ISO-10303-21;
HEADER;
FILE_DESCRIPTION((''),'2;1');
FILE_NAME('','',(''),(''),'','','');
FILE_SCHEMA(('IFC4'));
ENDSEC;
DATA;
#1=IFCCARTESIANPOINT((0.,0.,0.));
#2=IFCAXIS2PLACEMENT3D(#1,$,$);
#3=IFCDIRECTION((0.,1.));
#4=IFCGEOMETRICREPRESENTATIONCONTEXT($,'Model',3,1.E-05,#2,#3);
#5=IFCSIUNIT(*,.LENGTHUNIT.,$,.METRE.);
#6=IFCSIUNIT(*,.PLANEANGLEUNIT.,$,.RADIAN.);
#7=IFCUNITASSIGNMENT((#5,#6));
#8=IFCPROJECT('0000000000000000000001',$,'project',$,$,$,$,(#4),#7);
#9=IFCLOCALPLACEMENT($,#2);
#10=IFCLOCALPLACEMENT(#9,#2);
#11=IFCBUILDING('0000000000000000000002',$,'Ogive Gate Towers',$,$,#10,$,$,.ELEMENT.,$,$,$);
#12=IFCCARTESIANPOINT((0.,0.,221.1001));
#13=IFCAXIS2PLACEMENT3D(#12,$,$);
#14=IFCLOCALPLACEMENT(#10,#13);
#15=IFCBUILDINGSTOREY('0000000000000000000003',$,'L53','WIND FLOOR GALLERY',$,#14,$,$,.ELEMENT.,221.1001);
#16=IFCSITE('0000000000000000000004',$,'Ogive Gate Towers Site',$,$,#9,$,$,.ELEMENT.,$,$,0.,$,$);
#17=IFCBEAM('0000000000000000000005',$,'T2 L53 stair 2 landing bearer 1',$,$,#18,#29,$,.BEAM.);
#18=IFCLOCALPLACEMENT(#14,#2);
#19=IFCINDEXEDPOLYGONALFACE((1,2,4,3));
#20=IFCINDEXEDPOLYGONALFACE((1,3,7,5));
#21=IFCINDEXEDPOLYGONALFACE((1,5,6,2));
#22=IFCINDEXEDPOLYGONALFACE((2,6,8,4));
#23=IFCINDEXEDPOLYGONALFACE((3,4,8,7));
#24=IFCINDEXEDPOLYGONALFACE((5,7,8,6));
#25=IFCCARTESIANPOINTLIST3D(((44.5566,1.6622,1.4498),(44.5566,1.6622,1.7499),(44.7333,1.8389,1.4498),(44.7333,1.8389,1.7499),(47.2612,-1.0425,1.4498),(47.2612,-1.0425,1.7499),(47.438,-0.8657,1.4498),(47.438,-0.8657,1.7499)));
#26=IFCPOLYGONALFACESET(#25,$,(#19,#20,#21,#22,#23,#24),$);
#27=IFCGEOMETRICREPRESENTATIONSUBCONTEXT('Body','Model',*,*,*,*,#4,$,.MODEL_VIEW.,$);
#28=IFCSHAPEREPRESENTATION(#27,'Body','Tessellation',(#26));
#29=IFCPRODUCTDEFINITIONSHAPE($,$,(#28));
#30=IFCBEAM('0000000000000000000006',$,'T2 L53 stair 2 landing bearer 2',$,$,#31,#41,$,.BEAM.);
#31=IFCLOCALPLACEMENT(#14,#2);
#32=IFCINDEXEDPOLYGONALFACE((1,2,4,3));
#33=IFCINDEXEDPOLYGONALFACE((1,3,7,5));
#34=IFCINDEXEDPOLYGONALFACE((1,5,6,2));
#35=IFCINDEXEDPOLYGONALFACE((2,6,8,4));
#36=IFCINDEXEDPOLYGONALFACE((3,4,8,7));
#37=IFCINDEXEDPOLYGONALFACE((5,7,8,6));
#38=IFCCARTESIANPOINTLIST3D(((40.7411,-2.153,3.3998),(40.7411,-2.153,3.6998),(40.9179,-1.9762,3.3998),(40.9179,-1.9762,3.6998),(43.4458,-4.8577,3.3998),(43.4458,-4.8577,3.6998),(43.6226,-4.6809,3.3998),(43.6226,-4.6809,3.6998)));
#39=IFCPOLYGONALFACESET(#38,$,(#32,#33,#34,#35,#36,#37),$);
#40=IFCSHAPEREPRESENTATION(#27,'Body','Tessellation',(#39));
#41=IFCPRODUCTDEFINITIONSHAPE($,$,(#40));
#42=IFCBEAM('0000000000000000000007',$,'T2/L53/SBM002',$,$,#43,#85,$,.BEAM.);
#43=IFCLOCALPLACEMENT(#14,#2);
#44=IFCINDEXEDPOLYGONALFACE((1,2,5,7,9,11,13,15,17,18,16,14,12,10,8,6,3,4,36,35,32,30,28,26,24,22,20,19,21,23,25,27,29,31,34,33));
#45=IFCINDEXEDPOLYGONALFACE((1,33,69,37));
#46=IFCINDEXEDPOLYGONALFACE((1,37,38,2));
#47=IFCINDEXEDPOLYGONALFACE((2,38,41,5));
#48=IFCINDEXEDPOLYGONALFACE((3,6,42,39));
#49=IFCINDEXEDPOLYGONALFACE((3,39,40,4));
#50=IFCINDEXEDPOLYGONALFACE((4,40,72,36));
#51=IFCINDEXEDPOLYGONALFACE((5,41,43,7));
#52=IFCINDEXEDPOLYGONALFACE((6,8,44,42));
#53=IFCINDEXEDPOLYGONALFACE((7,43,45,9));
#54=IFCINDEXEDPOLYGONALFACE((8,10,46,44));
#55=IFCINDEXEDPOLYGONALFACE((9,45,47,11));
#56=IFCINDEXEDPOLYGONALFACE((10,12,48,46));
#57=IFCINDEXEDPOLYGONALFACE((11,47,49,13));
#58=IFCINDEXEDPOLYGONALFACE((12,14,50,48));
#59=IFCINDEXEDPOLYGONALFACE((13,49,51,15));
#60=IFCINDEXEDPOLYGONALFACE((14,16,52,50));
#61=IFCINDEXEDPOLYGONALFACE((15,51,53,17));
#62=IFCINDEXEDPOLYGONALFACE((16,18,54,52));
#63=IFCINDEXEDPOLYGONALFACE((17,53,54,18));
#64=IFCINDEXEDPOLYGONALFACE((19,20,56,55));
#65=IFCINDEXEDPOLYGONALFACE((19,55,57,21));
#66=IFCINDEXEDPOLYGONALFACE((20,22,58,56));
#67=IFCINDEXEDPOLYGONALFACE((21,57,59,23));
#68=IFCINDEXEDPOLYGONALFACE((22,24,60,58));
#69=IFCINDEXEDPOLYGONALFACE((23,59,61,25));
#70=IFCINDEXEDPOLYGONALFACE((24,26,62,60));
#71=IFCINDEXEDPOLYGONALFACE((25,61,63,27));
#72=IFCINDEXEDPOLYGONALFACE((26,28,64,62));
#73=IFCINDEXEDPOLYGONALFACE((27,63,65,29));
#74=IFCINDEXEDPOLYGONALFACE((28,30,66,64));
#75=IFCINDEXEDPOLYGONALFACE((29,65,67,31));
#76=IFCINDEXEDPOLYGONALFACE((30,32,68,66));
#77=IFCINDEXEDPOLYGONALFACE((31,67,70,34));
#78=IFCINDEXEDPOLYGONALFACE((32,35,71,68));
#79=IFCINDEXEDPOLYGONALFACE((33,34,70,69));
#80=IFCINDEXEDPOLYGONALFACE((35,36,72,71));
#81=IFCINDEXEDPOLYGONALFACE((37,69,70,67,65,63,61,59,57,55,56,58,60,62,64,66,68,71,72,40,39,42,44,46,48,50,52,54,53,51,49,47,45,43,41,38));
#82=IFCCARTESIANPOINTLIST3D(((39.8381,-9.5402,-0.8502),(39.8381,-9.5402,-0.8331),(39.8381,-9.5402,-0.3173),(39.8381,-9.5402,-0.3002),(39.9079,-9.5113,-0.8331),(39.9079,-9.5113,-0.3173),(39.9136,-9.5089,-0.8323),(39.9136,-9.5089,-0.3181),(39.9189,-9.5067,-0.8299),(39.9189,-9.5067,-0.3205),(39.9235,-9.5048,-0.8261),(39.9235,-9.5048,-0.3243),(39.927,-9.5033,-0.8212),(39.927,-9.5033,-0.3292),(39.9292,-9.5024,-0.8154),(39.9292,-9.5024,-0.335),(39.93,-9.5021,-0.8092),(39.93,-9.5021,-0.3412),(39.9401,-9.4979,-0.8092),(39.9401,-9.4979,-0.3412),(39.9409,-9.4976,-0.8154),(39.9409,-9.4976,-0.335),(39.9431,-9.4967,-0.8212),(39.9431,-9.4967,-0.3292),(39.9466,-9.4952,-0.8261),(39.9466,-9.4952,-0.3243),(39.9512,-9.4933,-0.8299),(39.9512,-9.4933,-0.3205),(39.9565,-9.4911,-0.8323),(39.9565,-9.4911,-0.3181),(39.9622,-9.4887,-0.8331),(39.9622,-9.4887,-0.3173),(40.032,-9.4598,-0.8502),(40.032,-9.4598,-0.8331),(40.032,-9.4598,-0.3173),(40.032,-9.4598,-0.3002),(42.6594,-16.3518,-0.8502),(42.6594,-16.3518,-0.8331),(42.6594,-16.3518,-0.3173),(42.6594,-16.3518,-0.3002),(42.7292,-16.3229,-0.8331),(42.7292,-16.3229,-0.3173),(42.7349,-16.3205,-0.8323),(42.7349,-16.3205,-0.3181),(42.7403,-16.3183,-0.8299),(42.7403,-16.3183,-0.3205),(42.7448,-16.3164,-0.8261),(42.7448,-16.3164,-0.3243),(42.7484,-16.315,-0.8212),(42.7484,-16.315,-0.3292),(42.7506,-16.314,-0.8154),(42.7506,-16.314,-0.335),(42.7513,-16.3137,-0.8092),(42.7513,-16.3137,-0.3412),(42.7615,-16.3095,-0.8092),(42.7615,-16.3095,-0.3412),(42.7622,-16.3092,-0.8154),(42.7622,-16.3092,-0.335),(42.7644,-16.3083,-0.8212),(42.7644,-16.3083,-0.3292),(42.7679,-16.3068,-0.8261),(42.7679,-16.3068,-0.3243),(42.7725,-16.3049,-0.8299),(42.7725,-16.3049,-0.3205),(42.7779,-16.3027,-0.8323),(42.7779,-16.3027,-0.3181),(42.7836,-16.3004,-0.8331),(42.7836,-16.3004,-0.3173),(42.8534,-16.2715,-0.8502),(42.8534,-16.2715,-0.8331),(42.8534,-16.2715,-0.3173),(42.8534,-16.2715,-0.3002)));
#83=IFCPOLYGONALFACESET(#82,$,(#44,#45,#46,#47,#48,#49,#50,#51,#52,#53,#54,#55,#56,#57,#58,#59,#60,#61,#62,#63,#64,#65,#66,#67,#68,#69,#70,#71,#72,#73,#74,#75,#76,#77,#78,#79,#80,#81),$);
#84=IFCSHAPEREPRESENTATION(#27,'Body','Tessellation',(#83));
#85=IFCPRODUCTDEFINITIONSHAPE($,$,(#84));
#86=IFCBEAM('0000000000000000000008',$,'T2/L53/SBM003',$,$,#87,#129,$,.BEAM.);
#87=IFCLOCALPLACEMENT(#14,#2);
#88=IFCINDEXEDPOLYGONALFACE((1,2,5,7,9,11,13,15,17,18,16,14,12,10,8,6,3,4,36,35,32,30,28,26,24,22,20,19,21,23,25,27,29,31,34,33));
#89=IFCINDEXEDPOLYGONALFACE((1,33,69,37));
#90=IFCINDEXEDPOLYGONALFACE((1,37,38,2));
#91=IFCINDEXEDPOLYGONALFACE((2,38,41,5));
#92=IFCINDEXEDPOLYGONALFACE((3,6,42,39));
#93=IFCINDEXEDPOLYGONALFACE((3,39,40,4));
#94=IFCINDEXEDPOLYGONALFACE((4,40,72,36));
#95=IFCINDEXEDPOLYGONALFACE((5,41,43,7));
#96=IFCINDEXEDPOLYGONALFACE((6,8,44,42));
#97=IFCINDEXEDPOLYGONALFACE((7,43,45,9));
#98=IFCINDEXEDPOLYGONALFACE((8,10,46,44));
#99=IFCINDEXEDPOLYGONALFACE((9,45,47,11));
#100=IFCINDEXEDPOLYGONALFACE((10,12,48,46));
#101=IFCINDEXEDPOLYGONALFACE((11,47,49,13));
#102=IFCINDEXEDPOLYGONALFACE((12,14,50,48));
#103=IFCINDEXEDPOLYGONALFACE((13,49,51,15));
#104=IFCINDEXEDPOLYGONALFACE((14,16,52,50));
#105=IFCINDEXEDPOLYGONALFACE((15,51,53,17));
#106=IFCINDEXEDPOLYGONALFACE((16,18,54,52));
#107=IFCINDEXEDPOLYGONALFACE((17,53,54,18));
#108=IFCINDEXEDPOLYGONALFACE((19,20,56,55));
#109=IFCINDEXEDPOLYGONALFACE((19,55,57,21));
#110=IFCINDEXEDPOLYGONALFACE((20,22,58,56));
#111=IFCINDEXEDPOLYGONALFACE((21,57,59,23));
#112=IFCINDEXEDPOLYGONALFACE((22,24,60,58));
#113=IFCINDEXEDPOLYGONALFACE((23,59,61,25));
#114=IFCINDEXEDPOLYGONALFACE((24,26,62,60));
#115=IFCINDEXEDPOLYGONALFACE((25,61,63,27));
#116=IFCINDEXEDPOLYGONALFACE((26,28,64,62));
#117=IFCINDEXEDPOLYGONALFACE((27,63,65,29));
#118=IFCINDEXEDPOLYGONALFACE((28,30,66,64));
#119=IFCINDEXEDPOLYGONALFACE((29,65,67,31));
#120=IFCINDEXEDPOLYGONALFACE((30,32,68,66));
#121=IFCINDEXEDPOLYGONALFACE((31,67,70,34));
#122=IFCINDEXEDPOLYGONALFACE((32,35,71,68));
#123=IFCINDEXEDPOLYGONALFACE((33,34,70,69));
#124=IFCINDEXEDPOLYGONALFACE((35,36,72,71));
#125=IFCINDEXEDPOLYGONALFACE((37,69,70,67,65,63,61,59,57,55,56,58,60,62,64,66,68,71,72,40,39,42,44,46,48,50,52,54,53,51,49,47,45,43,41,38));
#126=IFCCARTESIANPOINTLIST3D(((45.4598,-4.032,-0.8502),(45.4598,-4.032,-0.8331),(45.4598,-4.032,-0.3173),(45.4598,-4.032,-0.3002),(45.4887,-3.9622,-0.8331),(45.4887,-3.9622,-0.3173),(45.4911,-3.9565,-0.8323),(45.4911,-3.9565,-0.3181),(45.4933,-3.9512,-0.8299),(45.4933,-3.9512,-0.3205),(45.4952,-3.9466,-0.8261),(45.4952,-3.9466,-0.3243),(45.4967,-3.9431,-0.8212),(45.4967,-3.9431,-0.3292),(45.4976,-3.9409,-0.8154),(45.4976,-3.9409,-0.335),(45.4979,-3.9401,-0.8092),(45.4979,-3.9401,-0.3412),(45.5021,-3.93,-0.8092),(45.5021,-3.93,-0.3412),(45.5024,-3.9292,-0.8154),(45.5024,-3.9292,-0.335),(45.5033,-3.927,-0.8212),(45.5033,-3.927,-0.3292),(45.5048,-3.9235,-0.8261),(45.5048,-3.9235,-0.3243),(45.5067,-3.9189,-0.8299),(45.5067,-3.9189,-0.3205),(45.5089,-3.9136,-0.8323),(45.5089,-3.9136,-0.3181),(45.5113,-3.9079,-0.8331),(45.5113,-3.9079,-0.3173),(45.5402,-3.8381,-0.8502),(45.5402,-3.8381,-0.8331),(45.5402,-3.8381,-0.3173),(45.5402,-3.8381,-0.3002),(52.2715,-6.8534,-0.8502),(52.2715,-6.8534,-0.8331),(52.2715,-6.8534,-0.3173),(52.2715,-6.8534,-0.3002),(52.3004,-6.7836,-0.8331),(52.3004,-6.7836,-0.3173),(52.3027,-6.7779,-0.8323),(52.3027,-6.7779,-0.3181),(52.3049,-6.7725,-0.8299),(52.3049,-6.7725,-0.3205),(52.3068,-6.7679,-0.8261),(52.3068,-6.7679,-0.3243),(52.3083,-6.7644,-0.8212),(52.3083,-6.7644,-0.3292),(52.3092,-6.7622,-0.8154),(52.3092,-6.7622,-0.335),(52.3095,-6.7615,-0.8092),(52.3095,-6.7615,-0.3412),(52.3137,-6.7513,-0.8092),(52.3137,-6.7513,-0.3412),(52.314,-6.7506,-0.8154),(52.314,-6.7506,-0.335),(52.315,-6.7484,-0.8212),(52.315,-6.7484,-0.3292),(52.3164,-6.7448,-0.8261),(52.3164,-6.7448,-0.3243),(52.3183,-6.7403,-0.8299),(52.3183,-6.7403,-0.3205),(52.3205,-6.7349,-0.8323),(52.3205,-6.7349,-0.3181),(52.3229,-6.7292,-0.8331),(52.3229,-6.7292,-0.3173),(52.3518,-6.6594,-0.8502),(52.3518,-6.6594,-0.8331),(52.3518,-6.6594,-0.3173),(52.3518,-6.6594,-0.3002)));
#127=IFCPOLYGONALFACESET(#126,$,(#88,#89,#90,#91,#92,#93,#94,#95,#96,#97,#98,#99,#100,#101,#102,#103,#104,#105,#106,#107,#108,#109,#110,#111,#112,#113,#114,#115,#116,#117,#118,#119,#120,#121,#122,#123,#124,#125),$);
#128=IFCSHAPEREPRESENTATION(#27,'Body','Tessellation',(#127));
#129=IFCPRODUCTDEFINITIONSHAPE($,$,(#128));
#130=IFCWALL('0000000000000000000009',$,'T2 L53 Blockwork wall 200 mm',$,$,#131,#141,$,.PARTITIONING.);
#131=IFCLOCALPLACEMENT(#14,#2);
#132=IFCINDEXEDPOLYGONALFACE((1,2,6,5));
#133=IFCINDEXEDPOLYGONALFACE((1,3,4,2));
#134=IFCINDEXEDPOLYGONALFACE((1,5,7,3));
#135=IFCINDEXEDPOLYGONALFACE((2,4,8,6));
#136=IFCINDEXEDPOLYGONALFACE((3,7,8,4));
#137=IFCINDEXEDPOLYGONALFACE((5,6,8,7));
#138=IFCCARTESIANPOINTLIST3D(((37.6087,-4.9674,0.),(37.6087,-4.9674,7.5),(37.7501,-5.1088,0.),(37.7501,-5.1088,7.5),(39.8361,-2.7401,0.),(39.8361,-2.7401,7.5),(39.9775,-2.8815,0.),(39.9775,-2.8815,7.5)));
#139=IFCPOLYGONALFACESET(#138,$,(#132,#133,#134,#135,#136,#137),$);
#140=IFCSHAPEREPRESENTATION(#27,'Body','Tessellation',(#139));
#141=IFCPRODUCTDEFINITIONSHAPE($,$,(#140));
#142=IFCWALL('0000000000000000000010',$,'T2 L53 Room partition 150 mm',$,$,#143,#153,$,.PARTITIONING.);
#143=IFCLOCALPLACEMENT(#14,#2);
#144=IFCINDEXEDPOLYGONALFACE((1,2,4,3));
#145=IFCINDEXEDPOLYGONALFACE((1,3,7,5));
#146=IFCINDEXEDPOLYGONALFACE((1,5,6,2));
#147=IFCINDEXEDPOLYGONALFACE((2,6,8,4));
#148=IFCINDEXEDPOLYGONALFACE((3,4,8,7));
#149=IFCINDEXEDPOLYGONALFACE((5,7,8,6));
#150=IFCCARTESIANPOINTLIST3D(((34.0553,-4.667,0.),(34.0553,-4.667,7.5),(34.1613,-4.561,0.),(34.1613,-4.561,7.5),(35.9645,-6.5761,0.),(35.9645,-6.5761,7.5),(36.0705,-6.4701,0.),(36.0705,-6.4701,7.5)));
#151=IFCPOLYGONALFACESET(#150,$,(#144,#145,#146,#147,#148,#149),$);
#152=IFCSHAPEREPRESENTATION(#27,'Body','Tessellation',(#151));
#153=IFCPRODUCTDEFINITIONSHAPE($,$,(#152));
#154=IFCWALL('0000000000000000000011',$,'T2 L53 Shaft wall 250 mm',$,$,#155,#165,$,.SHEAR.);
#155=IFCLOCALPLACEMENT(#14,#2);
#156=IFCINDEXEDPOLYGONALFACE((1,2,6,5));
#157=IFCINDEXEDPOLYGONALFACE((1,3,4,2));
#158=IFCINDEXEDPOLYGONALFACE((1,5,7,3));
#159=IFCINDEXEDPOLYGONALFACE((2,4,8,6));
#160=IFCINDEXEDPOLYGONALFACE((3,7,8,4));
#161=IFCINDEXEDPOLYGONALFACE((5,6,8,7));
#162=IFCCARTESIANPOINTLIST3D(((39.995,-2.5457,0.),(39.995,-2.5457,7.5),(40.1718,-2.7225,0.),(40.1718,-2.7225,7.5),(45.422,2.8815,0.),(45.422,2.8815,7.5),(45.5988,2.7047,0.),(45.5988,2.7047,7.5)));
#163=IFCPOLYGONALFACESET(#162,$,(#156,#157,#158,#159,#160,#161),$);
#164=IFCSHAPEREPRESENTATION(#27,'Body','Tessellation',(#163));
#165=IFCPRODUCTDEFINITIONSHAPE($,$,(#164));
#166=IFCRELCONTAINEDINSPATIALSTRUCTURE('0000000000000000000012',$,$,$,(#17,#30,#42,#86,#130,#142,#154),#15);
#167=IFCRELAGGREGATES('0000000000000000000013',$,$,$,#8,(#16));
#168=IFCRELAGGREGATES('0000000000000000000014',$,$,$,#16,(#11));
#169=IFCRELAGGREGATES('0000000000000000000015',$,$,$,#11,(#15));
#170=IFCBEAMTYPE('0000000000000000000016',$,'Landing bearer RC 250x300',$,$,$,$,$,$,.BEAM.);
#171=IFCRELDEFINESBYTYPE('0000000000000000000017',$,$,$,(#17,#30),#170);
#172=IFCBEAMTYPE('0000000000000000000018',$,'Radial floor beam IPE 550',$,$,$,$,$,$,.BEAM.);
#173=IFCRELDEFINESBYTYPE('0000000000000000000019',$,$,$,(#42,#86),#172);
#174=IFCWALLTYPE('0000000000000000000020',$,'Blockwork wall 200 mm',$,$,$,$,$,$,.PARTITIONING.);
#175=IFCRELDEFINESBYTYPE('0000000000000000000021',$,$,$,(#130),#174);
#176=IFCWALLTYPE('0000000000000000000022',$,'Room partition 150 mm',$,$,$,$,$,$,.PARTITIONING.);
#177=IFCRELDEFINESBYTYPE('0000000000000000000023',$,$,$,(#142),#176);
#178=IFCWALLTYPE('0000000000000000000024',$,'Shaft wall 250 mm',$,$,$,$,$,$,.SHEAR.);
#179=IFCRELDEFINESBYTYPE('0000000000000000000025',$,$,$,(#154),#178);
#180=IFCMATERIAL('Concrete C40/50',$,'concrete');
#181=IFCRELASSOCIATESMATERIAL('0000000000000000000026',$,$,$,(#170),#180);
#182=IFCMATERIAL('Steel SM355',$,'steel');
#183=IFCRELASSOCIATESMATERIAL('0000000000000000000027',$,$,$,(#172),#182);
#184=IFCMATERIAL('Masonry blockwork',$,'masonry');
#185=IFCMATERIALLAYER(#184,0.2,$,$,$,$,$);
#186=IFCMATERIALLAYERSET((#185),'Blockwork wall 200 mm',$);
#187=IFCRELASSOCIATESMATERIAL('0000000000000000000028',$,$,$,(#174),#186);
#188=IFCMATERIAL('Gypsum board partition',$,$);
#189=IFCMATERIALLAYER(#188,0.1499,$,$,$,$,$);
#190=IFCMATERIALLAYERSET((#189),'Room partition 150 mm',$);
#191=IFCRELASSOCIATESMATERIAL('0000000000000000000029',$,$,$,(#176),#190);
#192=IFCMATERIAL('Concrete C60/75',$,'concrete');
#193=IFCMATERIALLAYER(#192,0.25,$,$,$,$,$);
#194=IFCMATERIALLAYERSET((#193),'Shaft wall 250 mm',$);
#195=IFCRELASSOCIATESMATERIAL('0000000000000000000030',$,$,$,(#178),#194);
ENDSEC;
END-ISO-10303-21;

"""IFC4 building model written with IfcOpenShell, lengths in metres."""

from ifc_helpers import new_model, si_unit, direction, frame, frame_2d, origin, origin_2d, place, context, subcontext, project, spatial, rectangle, i_section, extrude, material, layer, layer_set, material_profile, profile_set, type_object, element, save


model = new_model("IFC4")

# Units and contexts
model_context = context("Model", 3, precision=1e-05, world=origin(), true_north=direction((0.0, 1.0)))
body_context = subcontext(model_context, "Body", "Model", "MODEL_VIEW")
ifc_project = project(units=[si_unit("LENGTHUNIT", "METRE"), si_unit("PLANEANGLEUNIT", "RADIAN")], contexts=[model_context])

# Site, building, storey
site_placement = place(None, origin())
site = spatial("IfcSite", under=ifc_project, at=site_placement, Name="Ogive Gate Towers Site", CompositionType="ELEMENT", RefElevation=0.0)
building_placement = place(site_placement, origin())
building = spatial("IfcBuilding", under=site, at=building_placement, Name="Ogive Gate Towers", CompositionType="ELEMENT")
storey_placement = place(building_placement, frame((0.0, 0.0, 221.1001)))
storey = spatial("IfcBuildingStorey", under=building, at=storey_placement, Name="L53", Description="WIND FLOOR GALLERY", CompositionType="ELEMENT", Elevation=221.1001)

# Beams
ifc_material_1 = material(Name="Concrete C40/50", Category="concrete")
ifc_material_profile_1 = material_profile(ifc_material_1, rectangle(XDim=0.25, YDim=0.3, at=origin_2d()), Name="RC 250x300")
ifc_profile_set_1 = profile_set([ifc_material_profile_1], Name="Concrete C40/50")
beam_type_1 = type_object("IfcBeamType", Name="Landing bearer RC 250x300", PredefinedType="BEAM", material=ifc_profile_set_1)
for number, where, z_axis, x_axis, name in (
    (1, (47.3496, -0.9541, 1.5999), (-0.707107, 0.707107, 0.0), (-0.707107, -0.707107, 0.0), "T2 L53 stair 2 landing bearer 1"),
    (2, (43.5342, -4.7693, 3.5498), (-0.707107, 0.707107, 0.0), (-0.707107, -0.707107, 0.0), "T2 L53 stair 2 landing bearer 2"),
):
    element("IfcBeam", number, at=place(storey_placement, frame(where, z_axis=z_axis, x_axis=x_axis)), inside=storey, type_object=beam_type_1, Name=name, PredefinedType="BEAM", context=body_context, shape_type="SweptSolid", body=[
        extrude(rectangle(XDim=0.25, YDim=0.3, at=origin_2d()), origin(), (0.0, 0.0, 1.0), 3.825),
    ])
ifc_material_2 = material(Name="Steel SM355", Category="steel")
ifc_material_profile_2 = material_profile(ifc_material_2, i_section(OverallWidth=0.21, OverallDepth=0.55, WebThickness=0.011, FlangeThickness=0.0171, FilletRadius=0.0239, at=origin_2d()), Name="IPE 550")
ifc_profile_set_2 = profile_set([ifc_material_profile_2], Name="Steel SM355")
beam_type_2 = type_object("IfcBeamType", Name="Radial floor beam IPE 550", PredefinedType="BEAM", material=ifc_profile_set_2)
for number, where, z_axis, x_axis, name in (
    (3, (39.9351, -9.5, -0.5752), (0.382668, -0.923886, 0.0), (0.923886, 0.382668, 0.0), "T2/L53/SBM002"),
    (4, (45.5, -3.9351, -0.5752), (0.923886, -0.382668, 0.0), (0.382668, 0.923886, 0.0), "T2/L53/SBM003"),
):
    element("IfcBeam", number, at=place(storey_placement, frame(where, z_axis=z_axis, x_axis=x_axis)), inside=storey, type_object=beam_type_2, Name=name, PredefinedType="BEAM", context=body_context, shape_type="SweptSolid", body=[
        extrude(i_section(OverallWidth=0.21, OverallDepth=0.55, WebThickness=0.011, FlangeThickness=0.0171, FilletRadius=0.0239, at=origin_2d()), origin(), (0.0, 0.0, 1.0), 7.3728),
    ])

# Walls
ifc_material_3 = material(Name="Masonry blockwork", Category="masonry")
ifc_layer_1 = layer(ifc_material_3, 0.2)
ifc_layer_set_1 = layer_set([ifc_layer_1], Name="Blockwork wall 200 mm")
wall_type_1 = type_object("IfcWallType", Name="Blockwork wall 200 mm", PredefinedType="PARTITIONING", material=ifc_layer_set_1)
wall_1_placement = place(storey_placement, frame((37.6794, -5.0381, 0.0), z_axis=(0.0, 0.0, 1.0), x_axis=(0.707107, 0.707107, 0.0)))
element("IfcWall", 5, at=wall_1_placement, inside=storey, type_object=wall_type_1, Name="T2 L53 Blockwork wall 200 mm", PredefinedType="PARTITIONING", context=body_context, shape_type="SweptSolid", body=[
    extrude(rectangle(XDim=3.1499, YDim=0.2, at=frame_2d((1.575, 0.0))), origin(), (0.0, 0.0, 1.0), 7.5),
])
ifc_material_4 = material(Name="Gypsum board partition")
ifc_layer_2 = layer(ifc_material_4, 0.1499)
ifc_layer_set_2 = layer_set([ifc_layer_2], Name="Room partition 150 mm")
wall_type_2 = type_object("IfcWallType", Name="Room partition 150 mm", PredefinedType="PARTITIONING", material=ifc_layer_set_2)
wall_2_placement = place(storey_placement, frame((36.0176, -6.5232, 0.0), z_axis=(0.0, 0.0, 1.0), x_axis=(-0.707107, 0.707107, 0.0)))
element("IfcWall", 6, at=wall_2_placement, inside=storey, type_object=wall_type_2, Name="T2 L53 Room partition 150 mm", PredefinedType="PARTITIONING", context=body_context, shape_type="SweptSolid", body=[
    extrude(rectangle(XDim=2.7, YDim=0.1499, at=frame_2d((1.3501, 0.0))), origin(), (0.0, 0.0, 1.0), 7.5),
])
ifc_material_5 = material(Name="Concrete C60/75", Category="concrete")
ifc_layer_3 = layer(ifc_material_5, 0.25)
ifc_layer_set_3 = layer_set([ifc_layer_3], Name="Shaft wall 250 mm")
wall_type_3 = type_object("IfcWallType", Name="Shaft wall 250 mm", PredefinedType="SHEAR", material=ifc_layer_set_3)
wall_3_placement = place(storey_placement, frame((40.0835, -2.634, 0.0), z_axis=(0.0, 0.0, 1.0), x_axis=(0.707091, 0.707123, 0.0)))
element("IfcWall", 7, at=wall_3_placement, inside=storey, type_object=wall_type_3, Name="T2 L53 Shaft wall 250 mm", PredefinedType="SHEAR", context=body_context, shape_type="SweptSolid", body=[
    extrude(rectangle(XDim=7.675, YDim=0.25, at=frame_2d((3.8374, 0.0))), origin(), (0.0, 0.0, 1.0), 7.5),
])

save(model, "model.ifc")
